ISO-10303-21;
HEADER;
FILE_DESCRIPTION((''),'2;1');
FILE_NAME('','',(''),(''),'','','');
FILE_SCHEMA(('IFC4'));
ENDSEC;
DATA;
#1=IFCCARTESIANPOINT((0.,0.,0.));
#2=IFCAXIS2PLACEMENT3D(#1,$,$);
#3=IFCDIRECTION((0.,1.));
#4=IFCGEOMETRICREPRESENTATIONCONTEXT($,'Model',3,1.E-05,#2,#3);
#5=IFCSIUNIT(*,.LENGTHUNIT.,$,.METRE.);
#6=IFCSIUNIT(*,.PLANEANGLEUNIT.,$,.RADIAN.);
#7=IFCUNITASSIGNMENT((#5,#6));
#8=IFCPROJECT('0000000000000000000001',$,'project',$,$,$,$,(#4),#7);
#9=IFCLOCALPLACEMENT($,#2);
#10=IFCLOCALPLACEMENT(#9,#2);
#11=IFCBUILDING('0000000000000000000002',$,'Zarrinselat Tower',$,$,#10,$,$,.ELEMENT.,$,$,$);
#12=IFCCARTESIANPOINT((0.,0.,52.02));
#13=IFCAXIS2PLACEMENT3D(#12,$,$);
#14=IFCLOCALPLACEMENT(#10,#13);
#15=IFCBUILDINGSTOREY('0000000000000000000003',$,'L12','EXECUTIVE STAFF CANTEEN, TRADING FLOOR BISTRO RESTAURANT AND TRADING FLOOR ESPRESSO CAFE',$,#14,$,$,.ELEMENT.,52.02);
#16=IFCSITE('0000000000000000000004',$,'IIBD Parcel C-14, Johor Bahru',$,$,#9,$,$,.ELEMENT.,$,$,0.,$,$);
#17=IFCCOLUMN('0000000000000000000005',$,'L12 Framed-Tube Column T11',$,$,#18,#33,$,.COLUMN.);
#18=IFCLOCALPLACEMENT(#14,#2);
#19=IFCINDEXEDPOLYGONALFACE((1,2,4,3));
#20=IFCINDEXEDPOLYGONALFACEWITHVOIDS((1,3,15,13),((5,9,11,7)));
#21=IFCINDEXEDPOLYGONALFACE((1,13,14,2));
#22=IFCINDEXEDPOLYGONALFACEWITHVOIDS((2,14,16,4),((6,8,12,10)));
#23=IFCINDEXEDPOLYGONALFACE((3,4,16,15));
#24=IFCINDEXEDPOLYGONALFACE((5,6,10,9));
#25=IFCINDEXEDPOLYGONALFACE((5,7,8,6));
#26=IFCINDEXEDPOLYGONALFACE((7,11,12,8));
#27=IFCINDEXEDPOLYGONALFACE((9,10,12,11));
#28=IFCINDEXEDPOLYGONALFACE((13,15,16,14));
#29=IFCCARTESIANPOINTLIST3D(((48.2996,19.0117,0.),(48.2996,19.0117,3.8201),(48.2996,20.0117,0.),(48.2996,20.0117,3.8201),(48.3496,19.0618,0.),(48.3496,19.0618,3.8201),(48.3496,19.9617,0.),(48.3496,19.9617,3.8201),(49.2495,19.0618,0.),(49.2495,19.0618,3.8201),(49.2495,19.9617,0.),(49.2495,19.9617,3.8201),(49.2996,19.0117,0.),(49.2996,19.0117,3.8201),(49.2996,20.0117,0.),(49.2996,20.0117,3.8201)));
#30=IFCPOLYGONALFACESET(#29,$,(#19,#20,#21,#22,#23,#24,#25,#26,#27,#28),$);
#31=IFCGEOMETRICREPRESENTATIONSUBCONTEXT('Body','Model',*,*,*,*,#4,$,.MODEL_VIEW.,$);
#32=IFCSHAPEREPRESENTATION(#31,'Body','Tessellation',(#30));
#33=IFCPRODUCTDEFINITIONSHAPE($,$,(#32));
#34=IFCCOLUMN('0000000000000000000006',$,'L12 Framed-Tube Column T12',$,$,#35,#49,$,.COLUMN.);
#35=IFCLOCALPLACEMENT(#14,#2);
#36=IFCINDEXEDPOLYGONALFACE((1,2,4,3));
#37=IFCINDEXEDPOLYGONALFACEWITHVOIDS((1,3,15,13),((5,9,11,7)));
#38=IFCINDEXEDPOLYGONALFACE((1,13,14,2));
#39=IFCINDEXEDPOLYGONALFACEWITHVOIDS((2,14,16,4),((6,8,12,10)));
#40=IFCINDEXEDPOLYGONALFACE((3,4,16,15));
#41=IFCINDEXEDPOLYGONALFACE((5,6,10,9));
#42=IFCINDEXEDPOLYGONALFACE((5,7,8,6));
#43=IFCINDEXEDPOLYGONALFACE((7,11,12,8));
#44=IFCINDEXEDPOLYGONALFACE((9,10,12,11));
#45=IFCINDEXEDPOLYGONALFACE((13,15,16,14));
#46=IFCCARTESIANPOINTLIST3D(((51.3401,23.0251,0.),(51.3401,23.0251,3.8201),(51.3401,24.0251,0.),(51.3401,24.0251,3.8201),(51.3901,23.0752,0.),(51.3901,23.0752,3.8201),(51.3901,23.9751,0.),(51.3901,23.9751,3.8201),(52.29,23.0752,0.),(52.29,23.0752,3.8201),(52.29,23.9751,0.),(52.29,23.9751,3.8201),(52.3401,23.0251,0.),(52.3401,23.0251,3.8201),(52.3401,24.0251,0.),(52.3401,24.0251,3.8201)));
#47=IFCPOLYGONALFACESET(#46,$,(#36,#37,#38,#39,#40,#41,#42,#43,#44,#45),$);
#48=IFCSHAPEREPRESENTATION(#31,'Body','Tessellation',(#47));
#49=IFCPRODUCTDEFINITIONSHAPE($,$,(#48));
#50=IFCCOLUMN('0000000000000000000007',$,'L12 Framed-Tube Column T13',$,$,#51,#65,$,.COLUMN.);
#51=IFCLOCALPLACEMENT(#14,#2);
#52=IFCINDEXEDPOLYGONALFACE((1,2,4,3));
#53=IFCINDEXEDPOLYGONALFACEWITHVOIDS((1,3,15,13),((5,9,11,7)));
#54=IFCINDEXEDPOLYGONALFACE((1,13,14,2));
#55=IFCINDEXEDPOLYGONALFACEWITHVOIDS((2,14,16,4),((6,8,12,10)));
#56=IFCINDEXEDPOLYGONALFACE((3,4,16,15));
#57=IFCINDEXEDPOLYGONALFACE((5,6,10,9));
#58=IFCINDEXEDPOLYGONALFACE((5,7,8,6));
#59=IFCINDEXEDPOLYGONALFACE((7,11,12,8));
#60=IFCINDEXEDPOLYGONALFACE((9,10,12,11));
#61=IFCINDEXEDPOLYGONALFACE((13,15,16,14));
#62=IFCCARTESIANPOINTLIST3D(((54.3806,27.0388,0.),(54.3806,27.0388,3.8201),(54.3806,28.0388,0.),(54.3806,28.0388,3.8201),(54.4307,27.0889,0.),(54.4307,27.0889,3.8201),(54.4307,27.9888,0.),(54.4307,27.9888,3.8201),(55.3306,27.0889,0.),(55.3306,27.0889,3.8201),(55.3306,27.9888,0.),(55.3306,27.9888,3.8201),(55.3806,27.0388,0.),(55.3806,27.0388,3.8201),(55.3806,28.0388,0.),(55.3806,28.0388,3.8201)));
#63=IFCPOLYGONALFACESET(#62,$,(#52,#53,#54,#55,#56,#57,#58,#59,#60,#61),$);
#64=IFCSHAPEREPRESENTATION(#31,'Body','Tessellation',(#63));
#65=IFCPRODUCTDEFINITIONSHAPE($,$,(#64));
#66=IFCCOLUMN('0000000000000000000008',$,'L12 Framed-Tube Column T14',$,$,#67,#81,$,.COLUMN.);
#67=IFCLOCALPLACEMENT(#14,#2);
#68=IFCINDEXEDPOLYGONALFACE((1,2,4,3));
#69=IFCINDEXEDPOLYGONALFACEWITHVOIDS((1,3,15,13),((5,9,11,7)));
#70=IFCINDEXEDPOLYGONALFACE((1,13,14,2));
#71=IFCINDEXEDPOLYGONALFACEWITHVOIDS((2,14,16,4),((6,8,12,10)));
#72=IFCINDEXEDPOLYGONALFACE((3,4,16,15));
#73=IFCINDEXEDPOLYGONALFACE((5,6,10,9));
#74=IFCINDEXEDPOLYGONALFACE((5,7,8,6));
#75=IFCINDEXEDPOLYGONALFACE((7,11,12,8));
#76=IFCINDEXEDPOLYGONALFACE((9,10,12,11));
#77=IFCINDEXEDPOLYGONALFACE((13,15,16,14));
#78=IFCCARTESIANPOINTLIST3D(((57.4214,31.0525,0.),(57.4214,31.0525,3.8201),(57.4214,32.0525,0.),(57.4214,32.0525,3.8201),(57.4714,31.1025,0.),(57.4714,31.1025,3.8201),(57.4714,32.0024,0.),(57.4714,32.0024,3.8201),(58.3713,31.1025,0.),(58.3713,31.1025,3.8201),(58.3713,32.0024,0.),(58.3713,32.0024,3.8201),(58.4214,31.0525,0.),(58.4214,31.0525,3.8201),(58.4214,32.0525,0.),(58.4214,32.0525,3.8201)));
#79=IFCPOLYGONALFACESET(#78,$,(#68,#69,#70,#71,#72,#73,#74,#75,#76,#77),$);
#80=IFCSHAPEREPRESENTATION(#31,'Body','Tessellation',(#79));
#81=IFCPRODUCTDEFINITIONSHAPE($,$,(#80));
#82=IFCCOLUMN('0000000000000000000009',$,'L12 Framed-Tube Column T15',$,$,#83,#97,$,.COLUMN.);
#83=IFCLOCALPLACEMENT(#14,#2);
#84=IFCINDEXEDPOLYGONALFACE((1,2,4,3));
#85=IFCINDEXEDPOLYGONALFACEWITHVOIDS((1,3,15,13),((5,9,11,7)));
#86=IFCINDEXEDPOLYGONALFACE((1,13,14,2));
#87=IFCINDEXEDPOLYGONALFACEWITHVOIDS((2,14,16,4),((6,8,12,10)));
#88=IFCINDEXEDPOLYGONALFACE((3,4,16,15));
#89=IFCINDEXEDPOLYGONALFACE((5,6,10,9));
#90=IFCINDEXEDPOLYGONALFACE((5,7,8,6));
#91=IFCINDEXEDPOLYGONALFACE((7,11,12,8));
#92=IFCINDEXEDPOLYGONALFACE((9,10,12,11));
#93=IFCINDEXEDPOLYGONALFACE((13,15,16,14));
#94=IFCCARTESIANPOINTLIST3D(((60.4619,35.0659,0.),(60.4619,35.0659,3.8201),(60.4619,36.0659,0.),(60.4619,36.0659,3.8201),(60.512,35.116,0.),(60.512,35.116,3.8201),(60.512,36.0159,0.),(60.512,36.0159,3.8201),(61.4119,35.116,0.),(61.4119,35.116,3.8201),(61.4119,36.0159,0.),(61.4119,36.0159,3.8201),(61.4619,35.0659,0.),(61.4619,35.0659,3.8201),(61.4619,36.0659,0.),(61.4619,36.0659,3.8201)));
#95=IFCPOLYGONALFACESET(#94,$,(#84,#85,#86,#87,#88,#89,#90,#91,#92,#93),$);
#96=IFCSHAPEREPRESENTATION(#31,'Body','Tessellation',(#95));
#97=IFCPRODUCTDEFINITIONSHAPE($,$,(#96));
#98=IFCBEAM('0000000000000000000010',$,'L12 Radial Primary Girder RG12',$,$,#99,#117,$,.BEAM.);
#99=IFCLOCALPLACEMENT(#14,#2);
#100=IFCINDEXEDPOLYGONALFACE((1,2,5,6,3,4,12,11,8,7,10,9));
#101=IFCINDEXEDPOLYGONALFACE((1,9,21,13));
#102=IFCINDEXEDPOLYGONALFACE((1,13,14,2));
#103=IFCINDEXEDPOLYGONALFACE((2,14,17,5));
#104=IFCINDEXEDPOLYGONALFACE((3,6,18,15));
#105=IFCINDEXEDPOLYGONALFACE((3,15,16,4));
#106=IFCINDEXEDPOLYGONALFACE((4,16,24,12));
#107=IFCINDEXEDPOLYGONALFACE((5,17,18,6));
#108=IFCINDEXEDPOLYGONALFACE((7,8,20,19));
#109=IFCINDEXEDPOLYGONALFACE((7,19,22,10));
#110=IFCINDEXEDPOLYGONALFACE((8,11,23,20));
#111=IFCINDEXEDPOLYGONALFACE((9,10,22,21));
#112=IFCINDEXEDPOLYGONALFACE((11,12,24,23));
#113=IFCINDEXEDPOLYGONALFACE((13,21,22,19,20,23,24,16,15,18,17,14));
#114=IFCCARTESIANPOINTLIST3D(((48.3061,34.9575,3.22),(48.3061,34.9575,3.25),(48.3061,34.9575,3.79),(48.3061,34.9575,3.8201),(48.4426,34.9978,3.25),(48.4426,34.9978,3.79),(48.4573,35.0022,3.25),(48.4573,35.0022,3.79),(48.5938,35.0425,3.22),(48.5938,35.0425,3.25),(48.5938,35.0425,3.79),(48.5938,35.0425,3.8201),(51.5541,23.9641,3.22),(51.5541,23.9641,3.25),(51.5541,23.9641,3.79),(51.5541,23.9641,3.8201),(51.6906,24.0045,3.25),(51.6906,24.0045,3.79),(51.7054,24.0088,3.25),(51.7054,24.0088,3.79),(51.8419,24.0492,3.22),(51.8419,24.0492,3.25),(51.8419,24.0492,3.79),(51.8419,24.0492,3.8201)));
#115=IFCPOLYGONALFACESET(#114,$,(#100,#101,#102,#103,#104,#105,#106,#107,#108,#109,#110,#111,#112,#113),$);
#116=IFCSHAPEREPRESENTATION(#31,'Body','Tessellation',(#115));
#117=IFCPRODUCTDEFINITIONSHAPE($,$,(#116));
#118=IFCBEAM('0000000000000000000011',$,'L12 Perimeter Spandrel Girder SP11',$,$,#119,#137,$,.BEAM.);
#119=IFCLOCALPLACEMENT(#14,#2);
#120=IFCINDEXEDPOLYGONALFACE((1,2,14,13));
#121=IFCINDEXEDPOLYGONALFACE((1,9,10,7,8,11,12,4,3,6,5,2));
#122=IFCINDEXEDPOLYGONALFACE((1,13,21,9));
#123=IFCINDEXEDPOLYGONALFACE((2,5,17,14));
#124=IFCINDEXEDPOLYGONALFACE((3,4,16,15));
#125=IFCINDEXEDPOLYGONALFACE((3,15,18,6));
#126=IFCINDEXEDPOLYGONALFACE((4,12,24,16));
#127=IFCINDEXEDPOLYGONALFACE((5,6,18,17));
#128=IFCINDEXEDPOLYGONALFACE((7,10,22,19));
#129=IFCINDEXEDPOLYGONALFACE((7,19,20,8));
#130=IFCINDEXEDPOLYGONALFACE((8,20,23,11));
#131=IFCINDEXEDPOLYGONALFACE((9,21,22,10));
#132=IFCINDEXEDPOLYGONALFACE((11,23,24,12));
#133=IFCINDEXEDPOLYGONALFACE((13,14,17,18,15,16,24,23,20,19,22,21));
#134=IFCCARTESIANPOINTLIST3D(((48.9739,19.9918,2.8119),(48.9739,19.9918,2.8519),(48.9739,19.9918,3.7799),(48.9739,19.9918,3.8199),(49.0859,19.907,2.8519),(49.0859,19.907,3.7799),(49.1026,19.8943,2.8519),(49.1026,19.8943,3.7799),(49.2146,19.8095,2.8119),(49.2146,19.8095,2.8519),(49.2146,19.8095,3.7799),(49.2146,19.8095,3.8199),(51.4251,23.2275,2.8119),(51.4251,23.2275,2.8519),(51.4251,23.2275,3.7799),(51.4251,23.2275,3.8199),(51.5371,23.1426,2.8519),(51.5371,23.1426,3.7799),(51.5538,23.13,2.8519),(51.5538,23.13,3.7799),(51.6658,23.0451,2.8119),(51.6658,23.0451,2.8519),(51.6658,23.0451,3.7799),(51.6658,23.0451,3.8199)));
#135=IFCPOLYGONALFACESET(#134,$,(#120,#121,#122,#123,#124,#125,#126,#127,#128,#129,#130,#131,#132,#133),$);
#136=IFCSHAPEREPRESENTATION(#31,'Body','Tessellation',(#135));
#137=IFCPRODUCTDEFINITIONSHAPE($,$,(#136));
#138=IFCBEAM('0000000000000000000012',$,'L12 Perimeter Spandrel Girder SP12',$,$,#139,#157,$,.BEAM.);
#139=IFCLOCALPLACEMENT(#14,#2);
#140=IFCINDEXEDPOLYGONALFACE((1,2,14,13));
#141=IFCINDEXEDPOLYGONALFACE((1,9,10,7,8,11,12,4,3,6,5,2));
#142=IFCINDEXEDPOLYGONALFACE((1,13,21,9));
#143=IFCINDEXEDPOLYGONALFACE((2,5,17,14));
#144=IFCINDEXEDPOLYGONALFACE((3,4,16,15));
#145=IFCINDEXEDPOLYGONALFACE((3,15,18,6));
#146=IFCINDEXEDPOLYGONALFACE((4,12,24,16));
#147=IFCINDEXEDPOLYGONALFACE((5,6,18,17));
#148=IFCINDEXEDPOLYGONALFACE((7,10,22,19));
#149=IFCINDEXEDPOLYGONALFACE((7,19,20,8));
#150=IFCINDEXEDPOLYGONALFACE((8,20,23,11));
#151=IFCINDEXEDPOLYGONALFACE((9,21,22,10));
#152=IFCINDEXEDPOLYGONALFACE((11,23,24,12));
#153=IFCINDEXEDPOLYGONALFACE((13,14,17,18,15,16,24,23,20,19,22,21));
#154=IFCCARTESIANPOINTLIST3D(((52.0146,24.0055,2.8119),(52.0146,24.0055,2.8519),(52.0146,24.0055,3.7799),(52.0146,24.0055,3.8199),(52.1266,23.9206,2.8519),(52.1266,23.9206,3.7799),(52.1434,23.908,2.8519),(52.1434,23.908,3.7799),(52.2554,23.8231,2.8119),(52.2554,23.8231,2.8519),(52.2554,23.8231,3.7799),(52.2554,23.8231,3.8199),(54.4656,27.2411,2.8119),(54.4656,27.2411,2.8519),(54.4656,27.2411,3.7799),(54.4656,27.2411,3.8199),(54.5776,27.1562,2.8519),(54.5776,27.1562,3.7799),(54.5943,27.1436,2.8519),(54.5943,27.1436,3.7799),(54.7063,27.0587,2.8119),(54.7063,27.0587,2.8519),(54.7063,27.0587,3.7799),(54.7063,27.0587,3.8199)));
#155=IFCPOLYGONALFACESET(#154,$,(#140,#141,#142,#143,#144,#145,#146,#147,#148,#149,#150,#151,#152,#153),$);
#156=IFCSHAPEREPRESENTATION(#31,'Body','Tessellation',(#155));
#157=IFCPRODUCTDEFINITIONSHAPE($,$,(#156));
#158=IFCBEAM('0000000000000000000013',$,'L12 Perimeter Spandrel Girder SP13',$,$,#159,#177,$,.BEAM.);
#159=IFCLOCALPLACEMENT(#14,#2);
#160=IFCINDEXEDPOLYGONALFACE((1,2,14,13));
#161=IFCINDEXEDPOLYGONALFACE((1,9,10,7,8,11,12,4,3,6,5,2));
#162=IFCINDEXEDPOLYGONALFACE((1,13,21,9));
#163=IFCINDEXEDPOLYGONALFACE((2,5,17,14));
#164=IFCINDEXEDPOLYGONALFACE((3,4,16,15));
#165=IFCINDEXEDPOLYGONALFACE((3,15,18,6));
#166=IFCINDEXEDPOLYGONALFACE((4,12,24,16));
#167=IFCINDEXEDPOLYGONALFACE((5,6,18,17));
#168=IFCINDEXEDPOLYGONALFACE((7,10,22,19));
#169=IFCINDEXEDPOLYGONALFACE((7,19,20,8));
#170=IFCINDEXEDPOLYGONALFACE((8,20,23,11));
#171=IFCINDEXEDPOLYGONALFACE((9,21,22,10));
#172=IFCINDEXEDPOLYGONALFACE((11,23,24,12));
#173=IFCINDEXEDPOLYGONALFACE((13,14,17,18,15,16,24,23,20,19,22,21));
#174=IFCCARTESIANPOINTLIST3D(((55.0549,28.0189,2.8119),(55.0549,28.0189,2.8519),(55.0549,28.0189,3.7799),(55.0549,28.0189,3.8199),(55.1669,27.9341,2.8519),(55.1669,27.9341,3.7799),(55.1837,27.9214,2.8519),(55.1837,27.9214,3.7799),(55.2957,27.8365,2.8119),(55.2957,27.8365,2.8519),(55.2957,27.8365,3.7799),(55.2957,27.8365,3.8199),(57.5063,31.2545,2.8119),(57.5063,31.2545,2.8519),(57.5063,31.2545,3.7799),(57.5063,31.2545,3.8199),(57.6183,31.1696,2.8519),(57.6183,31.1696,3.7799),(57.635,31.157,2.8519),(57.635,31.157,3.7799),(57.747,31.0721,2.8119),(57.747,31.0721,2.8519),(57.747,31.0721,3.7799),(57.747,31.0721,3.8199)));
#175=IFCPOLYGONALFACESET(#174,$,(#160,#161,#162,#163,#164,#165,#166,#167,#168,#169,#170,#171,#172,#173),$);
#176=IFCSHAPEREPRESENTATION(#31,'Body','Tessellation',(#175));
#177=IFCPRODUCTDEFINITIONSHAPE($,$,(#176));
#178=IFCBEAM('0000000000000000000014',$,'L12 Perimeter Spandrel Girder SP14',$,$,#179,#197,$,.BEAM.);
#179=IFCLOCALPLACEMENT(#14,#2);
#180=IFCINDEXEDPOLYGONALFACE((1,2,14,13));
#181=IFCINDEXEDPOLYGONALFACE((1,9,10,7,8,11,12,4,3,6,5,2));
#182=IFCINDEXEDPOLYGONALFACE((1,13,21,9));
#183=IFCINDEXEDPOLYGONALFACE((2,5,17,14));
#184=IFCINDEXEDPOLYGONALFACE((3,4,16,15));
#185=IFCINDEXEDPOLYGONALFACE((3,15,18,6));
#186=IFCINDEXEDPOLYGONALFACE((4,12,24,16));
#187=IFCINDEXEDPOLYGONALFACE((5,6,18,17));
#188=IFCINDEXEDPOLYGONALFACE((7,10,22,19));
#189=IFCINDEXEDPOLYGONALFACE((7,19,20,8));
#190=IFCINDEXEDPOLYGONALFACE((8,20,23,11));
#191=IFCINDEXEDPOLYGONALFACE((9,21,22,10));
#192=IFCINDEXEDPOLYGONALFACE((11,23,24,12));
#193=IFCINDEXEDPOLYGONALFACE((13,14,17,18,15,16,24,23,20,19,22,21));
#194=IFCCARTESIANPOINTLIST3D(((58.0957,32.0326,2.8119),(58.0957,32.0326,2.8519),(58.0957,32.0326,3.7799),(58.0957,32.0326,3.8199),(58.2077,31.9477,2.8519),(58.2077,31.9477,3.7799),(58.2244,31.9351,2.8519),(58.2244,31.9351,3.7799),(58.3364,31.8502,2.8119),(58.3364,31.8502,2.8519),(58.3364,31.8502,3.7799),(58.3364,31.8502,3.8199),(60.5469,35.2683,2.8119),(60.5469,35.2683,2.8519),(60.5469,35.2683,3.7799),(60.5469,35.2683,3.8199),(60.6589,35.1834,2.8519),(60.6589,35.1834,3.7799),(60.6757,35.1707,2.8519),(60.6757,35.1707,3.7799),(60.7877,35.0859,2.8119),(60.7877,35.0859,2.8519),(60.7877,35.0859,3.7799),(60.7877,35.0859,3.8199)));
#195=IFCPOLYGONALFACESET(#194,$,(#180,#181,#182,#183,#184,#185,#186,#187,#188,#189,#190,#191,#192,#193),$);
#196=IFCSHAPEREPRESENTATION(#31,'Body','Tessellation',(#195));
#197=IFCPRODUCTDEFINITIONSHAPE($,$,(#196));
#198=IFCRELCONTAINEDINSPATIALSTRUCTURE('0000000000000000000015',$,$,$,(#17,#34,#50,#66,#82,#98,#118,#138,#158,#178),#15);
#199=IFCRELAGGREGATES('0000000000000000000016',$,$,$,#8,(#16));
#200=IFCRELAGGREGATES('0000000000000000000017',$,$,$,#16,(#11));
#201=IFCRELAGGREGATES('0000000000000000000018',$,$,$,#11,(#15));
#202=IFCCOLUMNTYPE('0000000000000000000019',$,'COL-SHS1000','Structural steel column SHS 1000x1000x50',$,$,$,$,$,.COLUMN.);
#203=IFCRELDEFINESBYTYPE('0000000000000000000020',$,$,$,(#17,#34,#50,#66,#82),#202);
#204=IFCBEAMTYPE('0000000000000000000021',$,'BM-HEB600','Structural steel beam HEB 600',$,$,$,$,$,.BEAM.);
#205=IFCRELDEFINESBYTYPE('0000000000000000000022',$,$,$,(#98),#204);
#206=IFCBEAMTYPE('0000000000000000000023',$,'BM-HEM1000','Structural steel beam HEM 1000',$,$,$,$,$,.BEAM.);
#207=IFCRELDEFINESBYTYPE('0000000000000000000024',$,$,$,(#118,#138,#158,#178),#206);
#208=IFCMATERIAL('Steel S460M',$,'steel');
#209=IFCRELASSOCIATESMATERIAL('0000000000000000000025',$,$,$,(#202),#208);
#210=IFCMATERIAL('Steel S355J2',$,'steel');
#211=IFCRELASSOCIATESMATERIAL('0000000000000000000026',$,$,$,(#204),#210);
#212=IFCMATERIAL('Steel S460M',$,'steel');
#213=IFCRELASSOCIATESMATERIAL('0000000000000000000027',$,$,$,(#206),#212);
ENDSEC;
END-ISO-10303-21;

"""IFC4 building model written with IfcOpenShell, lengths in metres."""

from ifc_helpers import new_model, si_unit, direction, frame, origin, origin_2d, place, context, subcontext, project, spatial, hollow_rectangle, i_section, extrude, material, material_profile, profile_set, type_object, element, save


model = new_model("IFC4")

# Units and contexts
model_context = context("Model", 3, precision=1e-05, world=origin(), true_north=direction((0.0, 1.0)))
body_context = subcontext(model_context, "Body", "Model", "MODEL_VIEW")
ifc_project = project(units=[si_unit("LENGTHUNIT", "METRE"), si_unit("PLANEANGLEUNIT", "RADIAN")], contexts=[model_context])

# Site, building, storey
site_placement = place(None, origin())
site = spatial("IfcSite", under=ifc_project, at=site_placement, Name="IIBD Parcel C-14, Johor Bahru", CompositionType="ELEMENT", RefElevation=0.0)
building_placement = place(site_placement, origin())
building = spatial("IfcBuilding", under=site, at=building_placement, Name="Zarrinselat Tower", CompositionType="ELEMENT")
storey_placement = place(building_placement, frame((0.0, 0.0, 52.02)))
storey = spatial("IfcBuildingStorey", under=building, at=storey_placement, Name="L12", Description="EXECUTIVE STAFF CANTEEN, TRADING FLOOR BISTRO RESTAURANT AND TRADING FLOOR ESPRESSO CAFE", CompositionType="ELEMENT", Elevation=52.02)

# Columns
ifc_material_1 = material(Name="Steel S460M", Category="steel")
ifc_material_profile_1 = material_profile(ifc_material_1, hollow_rectangle(XDim=1.0, YDim=1.0, WallThickness=0.05, at=origin_2d()), Name="SHS 1000x1000x50")
ifc_profile_set_1 = profile_set([ifc_material_profile_1], Name="Steel S460M")
column_type = type_object("IfcColumnType", Name="COL-SHS1000", Description="Structural steel column SHS 1000x1000x50", PredefinedType="COLUMN", material=ifc_profile_set_1)
for number, where, z_axis, x_axis, name in (
    (1, (48.7996, 19.5117, 0.0), (0.0, 0.0, 1.0), (1.0, 0.0, 0.0), "L12 Framed-Tube Column T11"),
    (2, (51.8401, 23.5251, 0.0), (0.0, 0.0, 1.0), (1.0, 0.0, 0.0), "L12 Framed-Tube Column T12"),
    (3, (54.8806, 27.5388, 0.0), (0.0, 0.0, 1.0), (1.0, 0.0, 0.0), "L12 Framed-Tube Column T13"),
    (4, (57.9214, 31.5525, 0.0), (0.0, 0.0, 1.0), (1.0, 0.0, 0.0), "L12 Framed-Tube Column T14"),
    (5, (60.9619, 35.5659, 0.0), (0.0, 0.0, 1.0), (1.0, 0.0, 0.0), "L12 Framed-Tube Column T15"),
):
    element("IfcColumn", number, at=place(storey_placement, frame(where, z_axis=z_axis, x_axis=x_axis)), inside=storey, type_object=column_type, Name=name, PredefinedType="COLUMN", context=body_context, shape_type="SweptSolid", body=[
        extrude(hollow_rectangle(XDim=1.0, YDim=1.0, WallThickness=0.05, at=origin_2d()), origin(), (0.0, 0.0, 1.0), 3.8201),
    ])

# Beams
ifc_material_2 = material(Name="Steel S355J2", Category="steel")
ifc_material_profile_2 = material_profile(ifc_material_2, i_section(OverallWidth=0.3, OverallDepth=0.6001, WebThickness=0.0154, FlangeThickness=0.03, at=origin_2d()), Name="HEB 600")
ifc_profile_set_2 = profile_set([ifc_material_profile_2], Name="Steel S355J2")
beam_type_1 = type_object("IfcBeamType", Name="BM-HEB600", Description="Structural steel beam HEB 600", PredefinedType="BEAM", material=ifc_profile_set_2)
beam_1_placement = place(storey_placement, frame((48.45, 35.0, 3.52), z_axis=(0.283346, -0.959018, 0.0), x_axis=(0.959018, 0.283346, 0.0)))
element("IfcBeam", 6, at=beam_1_placement, inside=storey, type_object=beam_type_1, Name="L12 Radial Primary Girder RG12", PredefinedType="BEAM", context=body_context, shape_type="SweptSolid", body=[
    extrude(i_section(OverallWidth=0.3, OverallDepth=0.6001, WebThickness=0.0154, FlangeThickness=0.03, at=origin_2d()), origin(), (0.0, 0.0, 1.0), 11.4631),
])
ifc_material_3 = material(Name="Steel S460M", Category="steel")
ifc_material_profile_3 = material_profile(ifc_material_3, i_section(OverallWidth=0.302, OverallDepth=1.0081, WebThickness=0.021, FlangeThickness=0.04, at=origin_2d()), Name="HEM 1000")
ifc_profile_set_3 = profile_set([ifc_material_profile_3], Name="Steel S460M")
beam_type_2 = type_object("IfcBeamType", Name="BM-HEM1000", Description="Structural steel beam HEM 1000", PredefinedType="BEAM", material=ifc_profile_set_3)
beam_2_placement = place(storey_placement, frame((49.0942, 19.9006, 3.3159), z_axis=(0.603852, 0.797097, 0.0), x_axis=(-0.797097, 0.603852, 0.0)))
element("IfcBeam", 7, at=beam_2_placement, inside=storey, type_object=beam_type_2, Name="L12 Perimeter Spandrel Girder SP11", PredefinedType="BEAM", context=body_context, shape_type="SweptSolid", body=[
    extrude(i_section(OverallWidth=0.302, OverallDepth=1.0081, WebThickness=0.021, FlangeThickness=0.04, at=origin_2d()), origin(), (0.0, 0.0, 1.0), 4.0593),
])
beam_3_placement = place(storey_placement, frame((52.135, 23.9143, 3.3159), z_axis=(0.603814, 0.797125, 0.0), x_axis=(-0.797125, 0.603814, 0.0)))
element("IfcBeam", 8, at=beam_3_placement, inside=storey, type_object=beam_type_2, Name="L12 Perimeter Spandrel Girder SP12", PredefinedType="BEAM", context=body_context, shape_type="SweptSolid", body=[
    extrude(i_section(OverallWidth=0.302, OverallDepth=1.0081, WebThickness=0.021, FlangeThickness=0.04, at=origin_2d()), origin(), (0.0, 0.0, 1.0), 4.0591),
])
for number, where, z_axis, x_axis, name in (
    (9, (55.1753, 27.9277, 3.3159), (0.60389, 0.797068, 0.0), (-0.797068, 0.60389, 0.0), "L12 Perimeter Spandrel Girder SP13"),
    (10, (58.2161, 31.9414, 3.3159), (0.603852, 0.797097, 0.0), (-0.797097, 0.603852, 0.0), "L12 Perimeter Spandrel Girder SP14"),
):
    element("IfcBeam", number, at=place(storey_placement, frame(where, z_axis=z_axis, x_axis=x_axis)), inside=storey, type_object=beam_type_2, Name=name, PredefinedType="BEAM", context=body_context, shape_type="SweptSolid", body=[
        extrude(i_section(OverallWidth=0.302, OverallDepth=1.0081, WebThickness=0.021, FlangeThickness=0.04, at=origin_2d()), origin(), (0.0, 0.0, 1.0), 4.0593),
    ])

save(model, "model.ifc")
